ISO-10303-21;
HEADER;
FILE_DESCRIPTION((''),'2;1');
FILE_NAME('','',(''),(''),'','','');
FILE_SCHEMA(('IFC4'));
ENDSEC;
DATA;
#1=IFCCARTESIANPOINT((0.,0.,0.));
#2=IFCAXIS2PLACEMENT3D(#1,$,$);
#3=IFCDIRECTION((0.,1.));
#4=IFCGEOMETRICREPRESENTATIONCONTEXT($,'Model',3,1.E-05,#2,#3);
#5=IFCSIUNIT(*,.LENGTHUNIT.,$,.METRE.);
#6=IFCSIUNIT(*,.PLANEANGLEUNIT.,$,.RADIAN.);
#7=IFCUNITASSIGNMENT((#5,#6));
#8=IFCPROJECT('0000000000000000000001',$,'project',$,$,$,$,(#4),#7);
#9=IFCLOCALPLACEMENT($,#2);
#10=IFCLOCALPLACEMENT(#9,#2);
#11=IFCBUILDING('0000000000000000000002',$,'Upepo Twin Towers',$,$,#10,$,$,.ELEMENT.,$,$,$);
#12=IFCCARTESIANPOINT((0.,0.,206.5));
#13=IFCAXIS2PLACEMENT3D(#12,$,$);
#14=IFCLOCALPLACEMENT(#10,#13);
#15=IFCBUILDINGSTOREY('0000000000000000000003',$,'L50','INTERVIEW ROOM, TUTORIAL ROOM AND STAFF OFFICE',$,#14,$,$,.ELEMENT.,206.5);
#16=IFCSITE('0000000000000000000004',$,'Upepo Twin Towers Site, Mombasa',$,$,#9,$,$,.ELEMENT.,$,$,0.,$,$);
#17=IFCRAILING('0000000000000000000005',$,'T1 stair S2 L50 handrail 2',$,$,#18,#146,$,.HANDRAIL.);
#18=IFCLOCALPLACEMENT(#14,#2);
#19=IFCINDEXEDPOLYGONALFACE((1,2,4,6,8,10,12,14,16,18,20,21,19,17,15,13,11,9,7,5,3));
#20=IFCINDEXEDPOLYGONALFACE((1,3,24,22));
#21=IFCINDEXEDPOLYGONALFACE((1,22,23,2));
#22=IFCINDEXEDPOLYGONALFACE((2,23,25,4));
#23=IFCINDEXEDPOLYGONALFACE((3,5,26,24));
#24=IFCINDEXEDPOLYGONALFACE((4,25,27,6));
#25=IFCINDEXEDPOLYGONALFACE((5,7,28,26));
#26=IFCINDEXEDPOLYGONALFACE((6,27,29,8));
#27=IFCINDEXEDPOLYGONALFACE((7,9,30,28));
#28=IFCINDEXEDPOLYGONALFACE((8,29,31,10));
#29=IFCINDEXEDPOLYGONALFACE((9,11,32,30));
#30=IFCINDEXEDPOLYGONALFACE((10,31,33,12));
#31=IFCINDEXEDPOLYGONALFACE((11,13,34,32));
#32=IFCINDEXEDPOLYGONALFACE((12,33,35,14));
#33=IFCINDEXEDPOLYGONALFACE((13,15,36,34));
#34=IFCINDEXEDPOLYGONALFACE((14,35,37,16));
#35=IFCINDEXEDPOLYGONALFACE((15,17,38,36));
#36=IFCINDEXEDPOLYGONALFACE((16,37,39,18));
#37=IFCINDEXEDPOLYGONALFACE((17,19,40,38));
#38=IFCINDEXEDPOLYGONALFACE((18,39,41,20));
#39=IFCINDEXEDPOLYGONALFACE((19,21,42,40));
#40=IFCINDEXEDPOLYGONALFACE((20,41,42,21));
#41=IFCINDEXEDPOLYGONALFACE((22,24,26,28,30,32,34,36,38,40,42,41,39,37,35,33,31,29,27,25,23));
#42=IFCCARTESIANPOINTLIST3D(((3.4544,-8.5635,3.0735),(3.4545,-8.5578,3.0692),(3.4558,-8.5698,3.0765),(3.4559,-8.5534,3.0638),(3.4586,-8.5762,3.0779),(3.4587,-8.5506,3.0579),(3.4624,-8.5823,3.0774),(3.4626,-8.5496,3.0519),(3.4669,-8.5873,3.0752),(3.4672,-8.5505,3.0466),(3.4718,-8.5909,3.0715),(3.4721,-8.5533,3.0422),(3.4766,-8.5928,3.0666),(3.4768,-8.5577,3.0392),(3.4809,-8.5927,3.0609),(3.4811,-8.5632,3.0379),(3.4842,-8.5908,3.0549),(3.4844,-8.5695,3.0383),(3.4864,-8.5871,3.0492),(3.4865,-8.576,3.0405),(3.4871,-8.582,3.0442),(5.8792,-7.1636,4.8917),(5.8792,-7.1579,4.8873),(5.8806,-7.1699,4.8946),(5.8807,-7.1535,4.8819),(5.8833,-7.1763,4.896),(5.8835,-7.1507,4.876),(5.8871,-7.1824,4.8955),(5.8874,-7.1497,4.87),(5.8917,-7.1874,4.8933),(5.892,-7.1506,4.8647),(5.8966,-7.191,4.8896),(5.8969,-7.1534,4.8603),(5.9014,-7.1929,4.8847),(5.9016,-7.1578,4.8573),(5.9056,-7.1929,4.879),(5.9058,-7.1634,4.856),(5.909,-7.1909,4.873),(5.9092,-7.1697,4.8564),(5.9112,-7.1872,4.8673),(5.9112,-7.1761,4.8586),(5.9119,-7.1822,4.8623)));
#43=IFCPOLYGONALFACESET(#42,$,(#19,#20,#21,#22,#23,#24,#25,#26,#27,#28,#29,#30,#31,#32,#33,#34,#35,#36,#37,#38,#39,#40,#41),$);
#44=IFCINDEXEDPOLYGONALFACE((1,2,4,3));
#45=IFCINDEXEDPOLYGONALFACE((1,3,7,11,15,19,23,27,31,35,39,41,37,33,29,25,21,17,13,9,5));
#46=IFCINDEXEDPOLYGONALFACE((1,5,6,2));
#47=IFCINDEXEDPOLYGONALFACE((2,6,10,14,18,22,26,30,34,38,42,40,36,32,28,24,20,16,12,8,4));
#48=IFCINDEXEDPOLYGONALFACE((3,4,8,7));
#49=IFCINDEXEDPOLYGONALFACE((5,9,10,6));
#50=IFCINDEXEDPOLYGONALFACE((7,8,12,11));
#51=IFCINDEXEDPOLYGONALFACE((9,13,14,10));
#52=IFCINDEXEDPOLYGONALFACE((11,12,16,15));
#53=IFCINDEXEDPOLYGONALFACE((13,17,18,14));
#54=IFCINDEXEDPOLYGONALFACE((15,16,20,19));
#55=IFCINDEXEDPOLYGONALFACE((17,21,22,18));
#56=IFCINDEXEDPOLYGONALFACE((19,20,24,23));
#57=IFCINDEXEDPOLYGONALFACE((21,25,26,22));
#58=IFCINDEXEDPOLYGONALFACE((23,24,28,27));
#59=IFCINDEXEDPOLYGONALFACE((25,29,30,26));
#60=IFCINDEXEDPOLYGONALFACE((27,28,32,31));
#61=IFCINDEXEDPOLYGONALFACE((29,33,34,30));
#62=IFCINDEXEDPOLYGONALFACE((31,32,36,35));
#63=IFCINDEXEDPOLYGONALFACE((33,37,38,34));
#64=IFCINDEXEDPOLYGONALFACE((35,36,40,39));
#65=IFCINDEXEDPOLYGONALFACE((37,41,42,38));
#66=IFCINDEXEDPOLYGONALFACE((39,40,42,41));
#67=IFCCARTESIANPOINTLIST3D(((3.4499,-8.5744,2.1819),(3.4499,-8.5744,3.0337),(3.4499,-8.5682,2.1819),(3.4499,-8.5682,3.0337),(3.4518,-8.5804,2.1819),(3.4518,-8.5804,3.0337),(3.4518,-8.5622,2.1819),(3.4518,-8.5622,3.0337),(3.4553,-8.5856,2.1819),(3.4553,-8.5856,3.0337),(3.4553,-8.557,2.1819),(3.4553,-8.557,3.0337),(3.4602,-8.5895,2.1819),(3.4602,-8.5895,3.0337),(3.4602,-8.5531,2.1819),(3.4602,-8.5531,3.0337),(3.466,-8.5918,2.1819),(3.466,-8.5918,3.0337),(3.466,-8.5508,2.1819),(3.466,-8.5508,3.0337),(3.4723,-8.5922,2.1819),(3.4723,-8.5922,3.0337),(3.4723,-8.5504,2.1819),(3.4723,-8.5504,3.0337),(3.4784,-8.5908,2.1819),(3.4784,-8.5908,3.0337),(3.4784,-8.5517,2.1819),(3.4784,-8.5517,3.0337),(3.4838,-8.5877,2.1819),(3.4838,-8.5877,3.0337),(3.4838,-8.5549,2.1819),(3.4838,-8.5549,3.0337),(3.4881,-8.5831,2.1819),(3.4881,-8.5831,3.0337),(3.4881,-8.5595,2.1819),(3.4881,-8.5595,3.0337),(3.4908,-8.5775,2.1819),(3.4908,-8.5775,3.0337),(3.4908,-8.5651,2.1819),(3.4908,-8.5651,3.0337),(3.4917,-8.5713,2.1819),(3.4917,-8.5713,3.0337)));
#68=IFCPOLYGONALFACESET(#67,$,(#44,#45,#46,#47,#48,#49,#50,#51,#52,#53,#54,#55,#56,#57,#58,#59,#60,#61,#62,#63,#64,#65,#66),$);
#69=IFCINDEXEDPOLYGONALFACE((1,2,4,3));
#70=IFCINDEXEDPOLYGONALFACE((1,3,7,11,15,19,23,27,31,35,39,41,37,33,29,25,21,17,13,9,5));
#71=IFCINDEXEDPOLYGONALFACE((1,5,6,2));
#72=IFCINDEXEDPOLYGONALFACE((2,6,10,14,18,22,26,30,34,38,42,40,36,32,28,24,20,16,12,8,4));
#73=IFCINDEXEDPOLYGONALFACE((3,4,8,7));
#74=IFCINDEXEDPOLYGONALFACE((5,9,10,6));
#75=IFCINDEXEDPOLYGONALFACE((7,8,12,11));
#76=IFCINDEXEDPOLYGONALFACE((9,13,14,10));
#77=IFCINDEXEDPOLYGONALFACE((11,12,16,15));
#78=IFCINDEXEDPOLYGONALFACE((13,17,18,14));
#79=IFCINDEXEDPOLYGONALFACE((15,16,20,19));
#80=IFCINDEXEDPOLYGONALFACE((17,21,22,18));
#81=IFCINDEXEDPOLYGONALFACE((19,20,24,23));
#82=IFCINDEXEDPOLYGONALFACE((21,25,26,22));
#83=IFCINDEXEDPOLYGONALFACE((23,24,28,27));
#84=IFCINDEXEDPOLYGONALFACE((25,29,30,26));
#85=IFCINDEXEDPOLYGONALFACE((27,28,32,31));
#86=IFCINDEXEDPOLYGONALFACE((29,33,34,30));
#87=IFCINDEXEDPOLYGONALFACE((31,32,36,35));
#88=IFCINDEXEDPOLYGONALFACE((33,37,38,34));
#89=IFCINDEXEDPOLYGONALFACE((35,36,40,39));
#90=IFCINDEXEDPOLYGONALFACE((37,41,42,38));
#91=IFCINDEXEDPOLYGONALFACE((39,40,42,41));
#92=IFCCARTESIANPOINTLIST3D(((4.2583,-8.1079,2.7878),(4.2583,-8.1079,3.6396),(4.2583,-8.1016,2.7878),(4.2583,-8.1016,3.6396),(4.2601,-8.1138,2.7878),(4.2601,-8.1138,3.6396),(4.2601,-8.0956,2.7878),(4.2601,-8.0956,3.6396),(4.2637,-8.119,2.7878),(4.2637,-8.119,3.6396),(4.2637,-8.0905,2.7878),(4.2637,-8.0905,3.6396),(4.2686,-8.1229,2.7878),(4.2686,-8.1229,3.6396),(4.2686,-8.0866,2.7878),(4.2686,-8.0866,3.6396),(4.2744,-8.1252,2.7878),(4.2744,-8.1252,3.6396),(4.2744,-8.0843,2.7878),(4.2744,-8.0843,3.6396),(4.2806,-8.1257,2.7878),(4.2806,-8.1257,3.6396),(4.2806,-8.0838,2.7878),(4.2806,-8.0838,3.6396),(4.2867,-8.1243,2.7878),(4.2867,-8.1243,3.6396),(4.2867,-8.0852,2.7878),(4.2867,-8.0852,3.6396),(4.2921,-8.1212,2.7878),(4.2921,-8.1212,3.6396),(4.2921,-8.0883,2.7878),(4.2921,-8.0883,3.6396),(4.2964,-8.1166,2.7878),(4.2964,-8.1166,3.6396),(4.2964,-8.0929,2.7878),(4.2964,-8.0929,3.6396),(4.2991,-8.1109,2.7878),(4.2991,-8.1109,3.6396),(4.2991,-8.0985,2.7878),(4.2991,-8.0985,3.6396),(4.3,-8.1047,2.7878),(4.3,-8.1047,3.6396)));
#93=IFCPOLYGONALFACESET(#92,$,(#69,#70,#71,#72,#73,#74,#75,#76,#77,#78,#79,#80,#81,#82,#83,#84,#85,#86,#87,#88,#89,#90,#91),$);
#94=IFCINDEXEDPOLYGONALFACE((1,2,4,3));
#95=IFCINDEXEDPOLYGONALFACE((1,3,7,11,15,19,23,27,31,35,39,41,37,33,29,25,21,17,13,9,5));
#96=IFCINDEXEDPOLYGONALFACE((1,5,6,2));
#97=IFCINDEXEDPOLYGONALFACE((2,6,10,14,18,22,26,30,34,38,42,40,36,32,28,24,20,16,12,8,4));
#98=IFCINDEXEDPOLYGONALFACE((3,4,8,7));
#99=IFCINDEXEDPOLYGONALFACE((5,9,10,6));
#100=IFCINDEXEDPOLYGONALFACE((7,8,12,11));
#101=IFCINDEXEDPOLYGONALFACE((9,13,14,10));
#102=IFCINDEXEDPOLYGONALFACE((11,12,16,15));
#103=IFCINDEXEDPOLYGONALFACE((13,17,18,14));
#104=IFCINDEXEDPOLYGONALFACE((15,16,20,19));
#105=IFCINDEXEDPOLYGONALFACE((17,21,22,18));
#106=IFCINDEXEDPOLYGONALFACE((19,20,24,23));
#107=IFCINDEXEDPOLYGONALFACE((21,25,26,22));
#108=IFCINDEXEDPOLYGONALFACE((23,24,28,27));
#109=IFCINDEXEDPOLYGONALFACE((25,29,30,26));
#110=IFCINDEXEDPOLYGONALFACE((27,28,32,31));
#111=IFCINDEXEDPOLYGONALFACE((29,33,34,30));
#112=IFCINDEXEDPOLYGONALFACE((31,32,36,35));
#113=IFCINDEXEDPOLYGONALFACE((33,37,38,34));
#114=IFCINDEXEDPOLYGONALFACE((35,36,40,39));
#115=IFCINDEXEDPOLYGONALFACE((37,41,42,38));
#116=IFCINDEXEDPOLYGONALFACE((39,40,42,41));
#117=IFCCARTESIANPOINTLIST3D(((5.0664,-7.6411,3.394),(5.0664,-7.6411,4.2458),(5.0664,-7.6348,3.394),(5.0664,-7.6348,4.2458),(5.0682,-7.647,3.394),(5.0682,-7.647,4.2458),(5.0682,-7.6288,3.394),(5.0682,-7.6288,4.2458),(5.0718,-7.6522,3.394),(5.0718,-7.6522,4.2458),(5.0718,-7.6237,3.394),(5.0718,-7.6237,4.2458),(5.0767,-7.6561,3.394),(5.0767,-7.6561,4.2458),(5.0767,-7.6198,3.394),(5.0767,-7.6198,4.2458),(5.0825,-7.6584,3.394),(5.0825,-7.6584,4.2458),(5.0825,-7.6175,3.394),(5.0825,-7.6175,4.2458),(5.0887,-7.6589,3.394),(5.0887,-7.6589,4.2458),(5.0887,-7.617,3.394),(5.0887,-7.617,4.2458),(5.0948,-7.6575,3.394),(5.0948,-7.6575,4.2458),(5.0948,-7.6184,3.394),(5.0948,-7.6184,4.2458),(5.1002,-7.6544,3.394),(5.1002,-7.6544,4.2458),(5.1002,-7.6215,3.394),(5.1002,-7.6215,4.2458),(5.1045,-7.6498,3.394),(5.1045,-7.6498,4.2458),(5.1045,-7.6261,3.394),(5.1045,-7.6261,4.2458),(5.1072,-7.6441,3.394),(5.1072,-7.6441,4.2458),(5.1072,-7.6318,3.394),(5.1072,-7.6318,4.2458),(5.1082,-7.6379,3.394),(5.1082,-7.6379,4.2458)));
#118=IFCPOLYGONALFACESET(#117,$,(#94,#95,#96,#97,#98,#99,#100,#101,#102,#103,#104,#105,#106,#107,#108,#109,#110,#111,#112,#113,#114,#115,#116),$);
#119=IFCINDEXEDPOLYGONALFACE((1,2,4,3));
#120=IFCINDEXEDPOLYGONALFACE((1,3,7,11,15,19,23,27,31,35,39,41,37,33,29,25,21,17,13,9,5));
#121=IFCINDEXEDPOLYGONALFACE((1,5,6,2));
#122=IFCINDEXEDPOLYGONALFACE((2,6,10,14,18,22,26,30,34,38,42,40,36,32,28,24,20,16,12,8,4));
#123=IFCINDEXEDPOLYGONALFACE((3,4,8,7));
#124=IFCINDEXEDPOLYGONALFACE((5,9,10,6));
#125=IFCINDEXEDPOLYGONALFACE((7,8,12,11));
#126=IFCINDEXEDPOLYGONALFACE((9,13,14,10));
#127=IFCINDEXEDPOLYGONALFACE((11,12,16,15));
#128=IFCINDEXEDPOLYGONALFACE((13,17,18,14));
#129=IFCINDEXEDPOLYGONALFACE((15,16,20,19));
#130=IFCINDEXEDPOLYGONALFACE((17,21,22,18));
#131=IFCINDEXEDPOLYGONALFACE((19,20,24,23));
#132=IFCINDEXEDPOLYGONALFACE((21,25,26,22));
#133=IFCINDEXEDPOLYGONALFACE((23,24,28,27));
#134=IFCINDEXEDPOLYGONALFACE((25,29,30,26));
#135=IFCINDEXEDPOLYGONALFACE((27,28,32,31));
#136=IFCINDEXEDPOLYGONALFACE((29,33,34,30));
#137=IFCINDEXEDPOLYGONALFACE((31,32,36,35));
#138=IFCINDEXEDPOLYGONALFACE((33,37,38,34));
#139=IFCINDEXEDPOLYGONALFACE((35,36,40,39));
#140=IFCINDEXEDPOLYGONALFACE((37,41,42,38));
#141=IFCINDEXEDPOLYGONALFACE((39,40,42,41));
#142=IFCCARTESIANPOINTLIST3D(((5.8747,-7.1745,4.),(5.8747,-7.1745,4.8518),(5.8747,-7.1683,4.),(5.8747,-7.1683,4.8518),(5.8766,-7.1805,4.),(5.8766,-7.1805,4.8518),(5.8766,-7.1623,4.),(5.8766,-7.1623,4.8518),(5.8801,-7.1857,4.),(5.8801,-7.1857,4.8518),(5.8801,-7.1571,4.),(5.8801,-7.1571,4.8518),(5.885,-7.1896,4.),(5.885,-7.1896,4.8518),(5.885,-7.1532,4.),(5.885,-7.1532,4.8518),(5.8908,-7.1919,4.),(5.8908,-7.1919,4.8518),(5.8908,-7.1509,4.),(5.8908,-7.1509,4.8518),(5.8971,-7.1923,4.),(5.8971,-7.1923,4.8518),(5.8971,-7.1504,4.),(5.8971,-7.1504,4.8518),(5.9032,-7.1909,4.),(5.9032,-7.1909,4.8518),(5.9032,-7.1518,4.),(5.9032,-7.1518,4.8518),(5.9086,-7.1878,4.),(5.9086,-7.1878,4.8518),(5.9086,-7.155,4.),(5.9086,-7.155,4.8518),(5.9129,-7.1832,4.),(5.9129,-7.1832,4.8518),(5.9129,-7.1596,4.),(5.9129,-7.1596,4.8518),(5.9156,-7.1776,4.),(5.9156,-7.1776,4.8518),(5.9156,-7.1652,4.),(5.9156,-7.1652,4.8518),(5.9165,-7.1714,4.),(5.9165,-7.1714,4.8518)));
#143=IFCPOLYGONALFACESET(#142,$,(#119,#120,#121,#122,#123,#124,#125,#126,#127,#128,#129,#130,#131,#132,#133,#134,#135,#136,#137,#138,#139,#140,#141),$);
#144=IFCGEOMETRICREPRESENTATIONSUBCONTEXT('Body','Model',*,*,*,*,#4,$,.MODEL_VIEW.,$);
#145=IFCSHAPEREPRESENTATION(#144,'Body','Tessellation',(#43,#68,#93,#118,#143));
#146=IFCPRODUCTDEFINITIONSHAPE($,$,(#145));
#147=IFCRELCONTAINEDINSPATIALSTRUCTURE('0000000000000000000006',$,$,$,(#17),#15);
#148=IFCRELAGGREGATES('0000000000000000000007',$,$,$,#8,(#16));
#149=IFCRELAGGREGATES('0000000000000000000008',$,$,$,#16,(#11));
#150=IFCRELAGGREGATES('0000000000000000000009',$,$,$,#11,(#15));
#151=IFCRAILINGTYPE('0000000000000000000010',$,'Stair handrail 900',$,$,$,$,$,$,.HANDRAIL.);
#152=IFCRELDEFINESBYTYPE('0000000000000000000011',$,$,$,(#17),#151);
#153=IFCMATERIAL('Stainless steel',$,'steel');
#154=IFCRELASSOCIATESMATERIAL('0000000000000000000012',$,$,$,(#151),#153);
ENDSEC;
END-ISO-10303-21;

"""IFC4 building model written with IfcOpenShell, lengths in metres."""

from ifc_helpers import new_model, si_unit, direction, frame, origin, origin_2d, place, context, subcontext, project, spatial, circle, extrude, material, type_object, element, save


model = new_model("IFC4")

# Units and contexts
model_context = context("Model", 3, precision=1e-05, world=origin(), true_north=direction((0.0, 1.0)))
body_context = subcontext(model_context, "Body", "Model", "MODEL_VIEW")
ifc_project = project(units=[si_unit("LENGTHUNIT", "METRE"), si_unit("PLANEANGLEUNIT", "RADIAN")], contexts=[model_context])

# Site, building, storey
site_placement = place(None, origin())
site = spatial("IfcSite", under=ifc_project, at=site_placement, Name="Upepo Twin Towers Site, Mombasa", CompositionType="ELEMENT", RefElevation=0.0)
building_placement = place(site_placement, origin())
building = spatial("IfcBuilding", under=site, at=building_placement, Name="Upepo Twin Towers", CompositionType="ELEMENT")
storey_placement = place(building_placement, frame((0.0, 0.0, 206.5)))
storey = spatial("IfcBuildingStorey", under=building, at=storey_placement, Name="L50", Description="INTERVIEW ROOM, TUTORIAL ROOM AND STAFF OFFICE", CompositionType="ELEMENT", Elevation=206.5)

# Railing
ifc_material_1 = material(Name="Stainless steel", Category="steel")
railing_type = type_object("IfcRailingType", Name="Stair handrail 900", PredefinedType="HANDRAIL", material=ifc_material_1)
railing_1_placement = place(storey_placement, frame((3.4707, -8.5713, 2.1819)))
element("IfcRailing", 1, at=railing_1_placement, inside=storey, type_object=railing_type, Name="T1 stair S2 L50 handrail 2", PredefinedType="HANDRAIL", context=body_context, shape_type="SweptSolid", body=[
    extrude(circle(Radius=0.0239, at=origin_2d()), frame((0.0, 0.0, 0.876), z_axis=(0.726336, 0.419333, 0.544606), x_axis=(-0.499984, 0.866035, 0.0)), (0.0, 0.0, 1.0), 3.3384),
    extrude(circle(Radius=0.021, at=origin_2d()), origin(), (0.0, 0.0, 1.0), 0.8518),
    extrude(circle(Radius=0.021, at=origin_2d()), frame((0.8083, 0.4666, 0.606)), (0.0, 0.0, 1.0), 0.8518),
    extrude(circle(Radius=0.021, at=origin_2d()), frame((1.6165, 0.9333, 1.2122)), (0.0, 0.0, 1.0), 0.8518),
    extrude(circle(Radius=0.021, at=origin_2d()), frame((2.4248, 1.3999, 1.8181)), (0.0, 0.0, 1.0), 0.8518),
])

save(model, "model.ifc")
